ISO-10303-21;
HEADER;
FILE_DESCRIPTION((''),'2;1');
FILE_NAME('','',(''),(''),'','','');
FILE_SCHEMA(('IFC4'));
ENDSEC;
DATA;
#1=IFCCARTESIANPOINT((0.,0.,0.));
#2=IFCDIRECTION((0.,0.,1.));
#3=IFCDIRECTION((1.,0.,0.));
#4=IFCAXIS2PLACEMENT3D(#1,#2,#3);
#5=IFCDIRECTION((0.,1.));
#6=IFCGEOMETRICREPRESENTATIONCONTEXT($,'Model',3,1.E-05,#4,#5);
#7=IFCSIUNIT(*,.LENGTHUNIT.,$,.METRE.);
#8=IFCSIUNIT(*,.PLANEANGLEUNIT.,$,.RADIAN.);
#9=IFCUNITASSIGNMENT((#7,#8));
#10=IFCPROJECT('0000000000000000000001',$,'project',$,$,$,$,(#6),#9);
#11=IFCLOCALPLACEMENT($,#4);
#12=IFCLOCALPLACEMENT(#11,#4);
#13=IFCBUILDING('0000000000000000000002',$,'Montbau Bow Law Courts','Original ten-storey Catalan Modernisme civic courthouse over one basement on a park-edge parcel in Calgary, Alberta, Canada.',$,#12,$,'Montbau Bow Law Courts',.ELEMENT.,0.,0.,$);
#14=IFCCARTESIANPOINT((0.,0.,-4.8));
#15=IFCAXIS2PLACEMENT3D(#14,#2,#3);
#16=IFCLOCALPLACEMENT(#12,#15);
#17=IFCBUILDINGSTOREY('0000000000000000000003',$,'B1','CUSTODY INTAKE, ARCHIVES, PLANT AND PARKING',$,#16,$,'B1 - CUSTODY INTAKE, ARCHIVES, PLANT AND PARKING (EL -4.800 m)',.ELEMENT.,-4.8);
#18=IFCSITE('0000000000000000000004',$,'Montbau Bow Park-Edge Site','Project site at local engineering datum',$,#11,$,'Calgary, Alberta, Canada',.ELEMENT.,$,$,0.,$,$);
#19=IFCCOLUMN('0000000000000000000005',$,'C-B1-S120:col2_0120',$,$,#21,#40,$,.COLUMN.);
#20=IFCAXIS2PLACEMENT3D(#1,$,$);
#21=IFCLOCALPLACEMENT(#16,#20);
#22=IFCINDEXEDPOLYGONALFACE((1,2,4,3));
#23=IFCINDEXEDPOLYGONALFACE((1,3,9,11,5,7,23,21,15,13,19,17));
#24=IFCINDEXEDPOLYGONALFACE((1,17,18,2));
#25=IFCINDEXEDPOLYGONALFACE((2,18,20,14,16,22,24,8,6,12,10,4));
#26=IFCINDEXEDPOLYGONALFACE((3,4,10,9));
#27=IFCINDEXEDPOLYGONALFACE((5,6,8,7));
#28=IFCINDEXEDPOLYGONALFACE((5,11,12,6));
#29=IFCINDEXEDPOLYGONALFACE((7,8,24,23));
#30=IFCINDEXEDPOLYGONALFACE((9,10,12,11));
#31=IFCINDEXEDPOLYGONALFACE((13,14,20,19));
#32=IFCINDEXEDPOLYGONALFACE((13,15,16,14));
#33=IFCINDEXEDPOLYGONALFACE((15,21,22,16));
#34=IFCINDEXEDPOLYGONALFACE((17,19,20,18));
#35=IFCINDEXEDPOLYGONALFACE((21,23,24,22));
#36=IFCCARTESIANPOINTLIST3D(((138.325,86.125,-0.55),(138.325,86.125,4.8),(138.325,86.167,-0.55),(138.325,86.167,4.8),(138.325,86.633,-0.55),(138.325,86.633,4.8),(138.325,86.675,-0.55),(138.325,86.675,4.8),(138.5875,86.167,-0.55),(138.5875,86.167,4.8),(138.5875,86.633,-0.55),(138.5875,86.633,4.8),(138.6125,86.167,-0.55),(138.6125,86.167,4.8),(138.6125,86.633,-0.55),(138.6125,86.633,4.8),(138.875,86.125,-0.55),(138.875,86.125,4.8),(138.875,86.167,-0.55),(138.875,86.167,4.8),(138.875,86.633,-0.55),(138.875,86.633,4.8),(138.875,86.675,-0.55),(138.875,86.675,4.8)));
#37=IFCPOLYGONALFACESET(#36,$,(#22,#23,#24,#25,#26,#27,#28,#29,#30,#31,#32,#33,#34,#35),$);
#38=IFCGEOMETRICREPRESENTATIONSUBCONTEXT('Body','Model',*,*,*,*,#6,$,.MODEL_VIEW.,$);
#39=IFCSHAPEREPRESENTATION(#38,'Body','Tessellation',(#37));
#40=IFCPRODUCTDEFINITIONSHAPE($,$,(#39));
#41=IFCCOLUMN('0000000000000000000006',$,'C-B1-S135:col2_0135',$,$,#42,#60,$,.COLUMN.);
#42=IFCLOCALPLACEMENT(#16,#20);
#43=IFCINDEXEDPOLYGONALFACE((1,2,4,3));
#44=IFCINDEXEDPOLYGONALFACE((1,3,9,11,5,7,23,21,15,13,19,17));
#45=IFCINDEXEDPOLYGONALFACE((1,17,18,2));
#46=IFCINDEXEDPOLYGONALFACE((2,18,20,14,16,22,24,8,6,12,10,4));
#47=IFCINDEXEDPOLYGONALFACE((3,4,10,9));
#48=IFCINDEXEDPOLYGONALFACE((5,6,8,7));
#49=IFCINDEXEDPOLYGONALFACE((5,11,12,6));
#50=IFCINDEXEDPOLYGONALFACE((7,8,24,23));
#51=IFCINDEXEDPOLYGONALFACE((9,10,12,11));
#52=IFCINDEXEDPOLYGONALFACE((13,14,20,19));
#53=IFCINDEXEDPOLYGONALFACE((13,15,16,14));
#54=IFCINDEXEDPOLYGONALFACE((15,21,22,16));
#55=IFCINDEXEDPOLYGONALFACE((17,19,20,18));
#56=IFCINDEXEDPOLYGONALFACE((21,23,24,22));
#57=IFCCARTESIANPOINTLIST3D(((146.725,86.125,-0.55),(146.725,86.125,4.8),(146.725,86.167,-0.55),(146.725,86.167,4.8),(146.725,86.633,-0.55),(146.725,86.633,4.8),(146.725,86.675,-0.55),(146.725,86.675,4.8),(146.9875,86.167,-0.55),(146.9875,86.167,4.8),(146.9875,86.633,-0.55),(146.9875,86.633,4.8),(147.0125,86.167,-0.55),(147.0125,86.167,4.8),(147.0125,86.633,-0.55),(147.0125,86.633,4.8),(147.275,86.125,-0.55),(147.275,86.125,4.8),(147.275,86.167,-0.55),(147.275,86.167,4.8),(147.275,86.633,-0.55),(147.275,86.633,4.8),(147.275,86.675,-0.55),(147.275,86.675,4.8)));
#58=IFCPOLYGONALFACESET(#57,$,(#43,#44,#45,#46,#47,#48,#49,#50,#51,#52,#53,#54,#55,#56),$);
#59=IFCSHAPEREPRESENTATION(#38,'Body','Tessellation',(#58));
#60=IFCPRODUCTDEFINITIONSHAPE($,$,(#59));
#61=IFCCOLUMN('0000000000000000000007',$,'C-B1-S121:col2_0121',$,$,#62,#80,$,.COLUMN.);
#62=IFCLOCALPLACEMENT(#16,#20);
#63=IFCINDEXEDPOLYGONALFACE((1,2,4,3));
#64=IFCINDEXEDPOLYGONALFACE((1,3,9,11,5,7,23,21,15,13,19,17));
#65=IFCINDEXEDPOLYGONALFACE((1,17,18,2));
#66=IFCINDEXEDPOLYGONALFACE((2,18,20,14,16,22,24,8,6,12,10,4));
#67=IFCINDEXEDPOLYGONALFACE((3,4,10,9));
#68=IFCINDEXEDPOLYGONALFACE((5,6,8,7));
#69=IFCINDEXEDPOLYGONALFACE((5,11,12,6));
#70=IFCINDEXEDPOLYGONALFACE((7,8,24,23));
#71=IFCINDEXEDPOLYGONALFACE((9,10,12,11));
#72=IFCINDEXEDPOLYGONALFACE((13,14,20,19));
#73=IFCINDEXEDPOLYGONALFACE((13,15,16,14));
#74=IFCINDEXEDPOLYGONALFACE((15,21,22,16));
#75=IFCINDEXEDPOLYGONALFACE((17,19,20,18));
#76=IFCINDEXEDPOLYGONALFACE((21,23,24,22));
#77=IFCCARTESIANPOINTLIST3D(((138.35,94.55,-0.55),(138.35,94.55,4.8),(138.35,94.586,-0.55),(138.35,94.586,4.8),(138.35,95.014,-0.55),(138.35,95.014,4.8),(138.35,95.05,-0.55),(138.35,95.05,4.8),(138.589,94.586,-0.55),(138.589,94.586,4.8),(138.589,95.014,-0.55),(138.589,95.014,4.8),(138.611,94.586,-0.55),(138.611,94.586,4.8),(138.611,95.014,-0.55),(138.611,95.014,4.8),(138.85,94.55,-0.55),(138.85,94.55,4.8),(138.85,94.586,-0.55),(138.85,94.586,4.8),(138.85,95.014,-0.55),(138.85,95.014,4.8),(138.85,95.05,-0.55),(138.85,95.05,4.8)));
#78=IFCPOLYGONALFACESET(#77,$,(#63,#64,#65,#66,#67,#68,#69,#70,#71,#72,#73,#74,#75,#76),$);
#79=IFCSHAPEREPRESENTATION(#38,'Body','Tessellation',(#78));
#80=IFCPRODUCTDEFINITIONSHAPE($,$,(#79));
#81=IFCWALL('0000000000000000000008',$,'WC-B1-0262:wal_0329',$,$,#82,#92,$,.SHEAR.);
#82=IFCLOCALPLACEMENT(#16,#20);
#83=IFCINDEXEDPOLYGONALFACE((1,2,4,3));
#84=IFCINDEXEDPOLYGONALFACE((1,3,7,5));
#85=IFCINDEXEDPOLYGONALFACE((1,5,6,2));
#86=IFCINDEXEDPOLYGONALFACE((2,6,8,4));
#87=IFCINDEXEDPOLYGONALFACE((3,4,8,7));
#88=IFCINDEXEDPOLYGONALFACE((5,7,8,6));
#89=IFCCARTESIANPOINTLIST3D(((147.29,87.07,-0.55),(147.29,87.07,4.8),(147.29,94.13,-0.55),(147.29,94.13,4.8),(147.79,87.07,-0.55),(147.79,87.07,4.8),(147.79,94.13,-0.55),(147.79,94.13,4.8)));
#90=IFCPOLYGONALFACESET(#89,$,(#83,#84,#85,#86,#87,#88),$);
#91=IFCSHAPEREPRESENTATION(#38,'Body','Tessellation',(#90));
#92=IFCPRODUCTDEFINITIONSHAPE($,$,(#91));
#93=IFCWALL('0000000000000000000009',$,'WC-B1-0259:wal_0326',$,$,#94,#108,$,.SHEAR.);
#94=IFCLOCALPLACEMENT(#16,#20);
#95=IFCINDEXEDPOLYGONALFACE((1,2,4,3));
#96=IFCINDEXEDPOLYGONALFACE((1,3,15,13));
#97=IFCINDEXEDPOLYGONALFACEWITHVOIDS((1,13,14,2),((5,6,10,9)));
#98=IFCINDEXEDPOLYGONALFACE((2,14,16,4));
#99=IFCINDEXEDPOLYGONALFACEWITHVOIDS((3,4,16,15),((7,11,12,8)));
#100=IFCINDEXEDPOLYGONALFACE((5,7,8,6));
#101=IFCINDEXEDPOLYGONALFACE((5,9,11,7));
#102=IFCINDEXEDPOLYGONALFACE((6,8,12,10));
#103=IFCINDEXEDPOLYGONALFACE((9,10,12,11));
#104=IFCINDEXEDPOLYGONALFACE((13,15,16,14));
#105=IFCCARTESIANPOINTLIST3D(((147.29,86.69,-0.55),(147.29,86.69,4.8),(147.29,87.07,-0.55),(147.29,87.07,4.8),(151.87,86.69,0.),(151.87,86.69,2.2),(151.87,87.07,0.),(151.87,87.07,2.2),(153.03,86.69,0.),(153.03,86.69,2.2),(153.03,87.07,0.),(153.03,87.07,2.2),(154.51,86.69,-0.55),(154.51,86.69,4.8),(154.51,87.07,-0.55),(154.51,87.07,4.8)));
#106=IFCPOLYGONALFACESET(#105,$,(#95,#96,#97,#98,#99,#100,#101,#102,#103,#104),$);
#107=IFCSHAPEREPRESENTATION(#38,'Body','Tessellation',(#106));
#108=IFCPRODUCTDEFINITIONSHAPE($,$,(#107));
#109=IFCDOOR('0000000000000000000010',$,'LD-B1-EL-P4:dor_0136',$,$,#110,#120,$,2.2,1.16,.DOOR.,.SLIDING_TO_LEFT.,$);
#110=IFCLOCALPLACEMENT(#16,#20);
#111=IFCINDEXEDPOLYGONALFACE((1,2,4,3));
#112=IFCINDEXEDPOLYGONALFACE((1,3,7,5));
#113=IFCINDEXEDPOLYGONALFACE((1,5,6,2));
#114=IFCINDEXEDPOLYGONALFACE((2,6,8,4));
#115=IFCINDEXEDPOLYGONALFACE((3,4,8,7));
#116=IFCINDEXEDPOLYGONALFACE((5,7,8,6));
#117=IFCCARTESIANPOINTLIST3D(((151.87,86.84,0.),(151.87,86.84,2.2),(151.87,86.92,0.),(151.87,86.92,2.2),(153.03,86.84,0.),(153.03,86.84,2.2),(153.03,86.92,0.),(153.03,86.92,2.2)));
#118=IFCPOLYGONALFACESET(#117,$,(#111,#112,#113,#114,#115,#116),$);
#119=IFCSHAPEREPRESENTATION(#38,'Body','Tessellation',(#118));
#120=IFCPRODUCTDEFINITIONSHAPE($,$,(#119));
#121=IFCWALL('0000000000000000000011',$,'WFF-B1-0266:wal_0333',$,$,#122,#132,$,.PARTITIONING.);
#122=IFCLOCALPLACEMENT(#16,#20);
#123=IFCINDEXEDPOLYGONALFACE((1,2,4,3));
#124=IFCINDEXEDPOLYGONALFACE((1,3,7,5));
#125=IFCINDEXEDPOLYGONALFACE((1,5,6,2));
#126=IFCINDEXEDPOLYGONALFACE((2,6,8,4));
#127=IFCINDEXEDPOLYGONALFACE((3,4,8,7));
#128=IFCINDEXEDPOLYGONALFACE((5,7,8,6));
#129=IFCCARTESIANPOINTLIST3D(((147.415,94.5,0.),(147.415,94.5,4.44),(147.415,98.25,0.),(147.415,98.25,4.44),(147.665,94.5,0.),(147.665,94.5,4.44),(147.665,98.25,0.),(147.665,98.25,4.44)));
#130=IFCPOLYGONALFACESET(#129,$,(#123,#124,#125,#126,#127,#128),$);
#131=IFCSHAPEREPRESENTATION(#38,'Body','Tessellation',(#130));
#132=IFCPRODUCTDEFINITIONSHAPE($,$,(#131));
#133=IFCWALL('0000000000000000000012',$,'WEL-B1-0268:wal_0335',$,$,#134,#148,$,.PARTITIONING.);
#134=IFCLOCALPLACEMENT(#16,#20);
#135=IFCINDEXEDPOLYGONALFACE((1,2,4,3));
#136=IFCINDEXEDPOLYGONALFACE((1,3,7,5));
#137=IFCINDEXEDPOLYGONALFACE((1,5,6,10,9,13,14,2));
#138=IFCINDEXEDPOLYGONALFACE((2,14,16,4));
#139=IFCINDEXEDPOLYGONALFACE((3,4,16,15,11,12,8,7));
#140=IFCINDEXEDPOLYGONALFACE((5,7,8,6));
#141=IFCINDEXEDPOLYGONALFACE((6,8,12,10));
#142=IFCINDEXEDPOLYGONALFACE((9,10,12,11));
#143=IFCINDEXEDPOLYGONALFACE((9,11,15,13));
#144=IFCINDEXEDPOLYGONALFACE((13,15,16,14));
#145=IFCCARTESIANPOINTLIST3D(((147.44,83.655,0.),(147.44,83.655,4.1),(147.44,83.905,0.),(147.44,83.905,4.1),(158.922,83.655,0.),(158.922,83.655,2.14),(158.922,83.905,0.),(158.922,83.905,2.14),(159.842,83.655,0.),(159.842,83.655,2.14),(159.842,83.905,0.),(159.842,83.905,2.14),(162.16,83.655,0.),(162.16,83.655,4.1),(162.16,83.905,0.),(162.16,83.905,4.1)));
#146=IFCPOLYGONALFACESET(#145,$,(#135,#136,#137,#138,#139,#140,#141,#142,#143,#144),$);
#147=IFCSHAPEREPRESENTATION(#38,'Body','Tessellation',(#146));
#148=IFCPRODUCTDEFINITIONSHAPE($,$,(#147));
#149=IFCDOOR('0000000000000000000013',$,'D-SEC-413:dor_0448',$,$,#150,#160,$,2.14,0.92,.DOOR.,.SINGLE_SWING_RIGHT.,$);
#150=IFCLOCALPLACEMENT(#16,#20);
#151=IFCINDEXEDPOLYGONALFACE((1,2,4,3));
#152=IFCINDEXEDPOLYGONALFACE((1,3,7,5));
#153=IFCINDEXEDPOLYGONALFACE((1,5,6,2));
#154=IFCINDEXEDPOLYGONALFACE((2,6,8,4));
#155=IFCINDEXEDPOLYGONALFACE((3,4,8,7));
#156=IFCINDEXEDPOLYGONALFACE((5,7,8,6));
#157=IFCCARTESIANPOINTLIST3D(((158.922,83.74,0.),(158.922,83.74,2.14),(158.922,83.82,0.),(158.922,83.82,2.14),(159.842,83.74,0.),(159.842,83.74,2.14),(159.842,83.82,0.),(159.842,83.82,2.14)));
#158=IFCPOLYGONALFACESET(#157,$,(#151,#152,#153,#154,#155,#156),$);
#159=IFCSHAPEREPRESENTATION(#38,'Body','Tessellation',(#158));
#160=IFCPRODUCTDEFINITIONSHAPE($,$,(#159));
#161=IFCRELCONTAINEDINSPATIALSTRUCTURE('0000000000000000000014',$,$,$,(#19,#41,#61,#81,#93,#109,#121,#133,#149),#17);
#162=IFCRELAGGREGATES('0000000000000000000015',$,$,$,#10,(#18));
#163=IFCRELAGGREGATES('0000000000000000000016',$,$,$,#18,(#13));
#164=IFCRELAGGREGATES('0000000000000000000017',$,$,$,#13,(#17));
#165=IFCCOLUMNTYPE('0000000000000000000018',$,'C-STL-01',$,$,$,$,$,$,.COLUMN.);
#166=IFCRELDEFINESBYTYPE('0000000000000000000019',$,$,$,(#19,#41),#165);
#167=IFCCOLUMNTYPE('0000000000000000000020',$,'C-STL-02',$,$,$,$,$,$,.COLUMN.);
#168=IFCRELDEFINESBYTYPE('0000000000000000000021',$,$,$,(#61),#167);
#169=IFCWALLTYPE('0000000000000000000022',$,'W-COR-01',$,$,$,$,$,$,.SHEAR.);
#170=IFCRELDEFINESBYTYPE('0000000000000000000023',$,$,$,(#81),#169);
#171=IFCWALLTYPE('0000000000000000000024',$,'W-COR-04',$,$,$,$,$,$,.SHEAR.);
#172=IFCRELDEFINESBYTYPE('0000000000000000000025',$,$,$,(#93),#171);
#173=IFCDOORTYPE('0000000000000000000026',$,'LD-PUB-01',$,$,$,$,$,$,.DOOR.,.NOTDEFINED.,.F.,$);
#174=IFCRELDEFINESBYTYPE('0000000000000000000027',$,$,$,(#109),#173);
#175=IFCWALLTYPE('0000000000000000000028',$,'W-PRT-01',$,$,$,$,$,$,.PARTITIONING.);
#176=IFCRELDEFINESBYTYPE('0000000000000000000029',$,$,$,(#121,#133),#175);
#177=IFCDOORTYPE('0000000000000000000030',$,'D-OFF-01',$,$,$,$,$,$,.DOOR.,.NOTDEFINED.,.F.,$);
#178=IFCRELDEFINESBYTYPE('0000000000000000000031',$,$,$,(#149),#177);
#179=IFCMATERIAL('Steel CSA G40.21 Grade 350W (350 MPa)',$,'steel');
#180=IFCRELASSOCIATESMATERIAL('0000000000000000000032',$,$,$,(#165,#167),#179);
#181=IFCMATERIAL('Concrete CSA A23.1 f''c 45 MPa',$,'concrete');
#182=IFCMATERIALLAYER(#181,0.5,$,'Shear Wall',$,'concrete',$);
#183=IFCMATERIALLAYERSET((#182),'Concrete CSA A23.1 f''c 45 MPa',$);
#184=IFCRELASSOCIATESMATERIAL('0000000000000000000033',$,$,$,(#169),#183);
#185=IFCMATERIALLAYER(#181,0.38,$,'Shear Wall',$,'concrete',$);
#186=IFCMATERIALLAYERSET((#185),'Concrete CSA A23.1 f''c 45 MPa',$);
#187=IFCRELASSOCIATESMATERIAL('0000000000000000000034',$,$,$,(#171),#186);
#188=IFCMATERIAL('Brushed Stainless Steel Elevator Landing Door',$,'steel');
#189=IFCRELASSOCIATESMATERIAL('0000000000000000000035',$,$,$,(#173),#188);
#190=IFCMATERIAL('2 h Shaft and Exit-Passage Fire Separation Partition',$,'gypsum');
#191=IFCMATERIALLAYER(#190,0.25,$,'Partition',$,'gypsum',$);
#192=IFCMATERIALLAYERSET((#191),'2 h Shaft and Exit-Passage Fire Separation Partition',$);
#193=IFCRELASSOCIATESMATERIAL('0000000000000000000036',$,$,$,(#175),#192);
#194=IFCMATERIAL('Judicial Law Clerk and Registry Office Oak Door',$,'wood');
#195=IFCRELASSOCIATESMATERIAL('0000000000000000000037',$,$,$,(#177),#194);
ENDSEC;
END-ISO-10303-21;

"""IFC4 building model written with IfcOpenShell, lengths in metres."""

from ifc_helpers import new_model, si_unit, direction, frame, frame_2d, origin_with_axes, origin_2d_with_axis, place, context, subcontext, project, spatial, rectangle, i_section, extrude, material, layer, layer_set, material_profile, profile_set, type_object, element, fill, save


model = new_model("IFC4")

# Units and contexts
model_context = context("Model", 3, precision=1e-05, world=origin_with_axes(), true_north=direction((0.0, 1.0)))
body_context = subcontext(model_context, "Body", "Model", "MODEL_VIEW")
ifc_project = project(units=[si_unit("LENGTHUNIT", "METRE"), si_unit("PLANEANGLEUNIT", "RADIAN")], contexts=[model_context])

# Site, building, storey
site_placement = place(None, origin_with_axes())
site = spatial("IfcSite", under=ifc_project, at=site_placement, Name="Montbau Bow Park-Edge Site", Description="Project site at local engineering datum", LongName="Calgary, Alberta, Canada", CompositionType="ELEMENT", RefElevation=0.0)
building_placement = place(site_placement, origin_with_axes())
building = spatial("IfcBuilding", under=site, at=building_placement, Name="Montbau Bow Law Courts", Description="Original ten-storey Catalan Modernisme civic courthouse over one basement on a park-edge parcel in Calgary, Alberta, Canada.", LongName="Montbau Bow Law Courts", CompositionType="ELEMENT", ElevationOfRefHeight=0.0, ElevationOfTerrain=0.0)
storey_placement = place(building_placement, frame((0.0, 0.0, -4.8), z_axis=(0.0, 0.0, 1.0), x_axis=(1.0, 0.0, 0.0)))
storey = spatial("IfcBuildingStorey", under=building, at=storey_placement, Name="B1", Description="CUSTODY INTAKE, ARCHIVES, PLANT AND PARKING", LongName="B1 - CUSTODY INTAKE, ARCHIVES, PLANT AND PARKING (EL -4.800 m)", CompositionType="ELEMENT", Elevation=-4.8)

# Columns
ifc_material_1 = material(Name="Steel CSA G40.21 Grade 350W (350 MPa)", Category="steel")
ifc_material_profile_1 = material_profile(ifc_material_1, i_section(OverallWidth=0.55, OverallDepth=0.55, WebThickness=0.025, FlangeThickness=0.042, at=origin_2d_with_axis()), Name="WWF550X420", Category="Main", Priority=0)
ifc_profile_set_1 = profile_set([ifc_material_profile_1], Name="Steel CSA G40.21 Grade 350W (350 MPa)")
column_type_1 = type_object("IfcColumnType", Name="C-STL-01", PredefinedType="COLUMN", material=ifc_profile_set_1)
for number, where, z_axis, x_axis, name in (
    (1, (138.6, 86.4, -5.35), (0.0, 0.0, 1.0), (1.0, 0.0, 0.0), "C-B1-S120:col2_0120"),
    (2, (147.0, 86.4, -5.35), (0.0, 0.0, 1.0), (1.0, 0.0, 0.0), "C-B1-S135:col2_0135"),
):
    element("IfcColumn", number, at=place(None, frame(where, z_axis=z_axis, x_axis=x_axis)), inside=storey, type_object=column_type_1, Name=name, PredefinedType="COLUMN", context=body_context, shape_type="SweptSolid", body=[
        extrude(i_section(OverallWidth=0.55, OverallDepth=0.55, WebThickness=0.025, FlangeThickness=0.042, at=origin_2d_with_axis()), origin_with_axes(), (0.0, 0.0, 1.0), 5.35),
    ])
ifc_material_profile_2 = material_profile(ifc_material_1, i_section(OverallWidth=0.5, OverallDepth=0.5, WebThickness=0.022, FlangeThickness=0.036, at=origin_2d_with_axis()), Name="WWF500X343", Category="Main", Priority=0)
ifc_profile_set_2 = profile_set([ifc_material_profile_2], Name="Steel CSA G40.21 Grade 350W (350 MPa)")
column_type_2 = type_object("IfcColumnType", Name="C-STL-02", PredefinedType="COLUMN", material=ifc_profile_set_2)
column_placement = place(None, frame((138.6, 94.8, -5.35), z_axis=(0.0, 0.0, 1.0), x_axis=(1.0, 0.0, 0.0)))
element("IfcColumn", 3, at=column_placement, inside=storey, type_object=column_type_2, Name="C-B1-S121:col2_0121", PredefinedType="COLUMN", context=body_context, shape_type="SweptSolid", body=[
    extrude(i_section(OverallWidth=0.5, OverallDepth=0.5, WebThickness=0.022, FlangeThickness=0.036, at=origin_2d_with_axis()), origin_with_axes(), (0.0, 0.0, 1.0), 5.35),
])

# Wall
ifc_material_2 = material(Name="Concrete CSA A23.1 f'c 45 MPa", Category="concrete")
ifc_layer_1 = layer(ifc_material_2, 0.5, Name="Shear Wall", Category="concrete")
ifc_layer_set_1 = layer_set([ifc_layer_1], Name="Concrete CSA A23.1 f'c 45 MPa")
wall_type_1 = type_object("IfcWallType", Name="W-COR-01", PredefinedType="SHEAR", material=ifc_layer_set_1)
wall_1_placement = place(None, frame((147.54, 94.13, -5.35), z_axis=(0.0, 0.0, 1.0), x_axis=(0.0, -1.0, 0.0)))
element("IfcWall", 4, at=wall_1_placement, inside=storey, type_object=wall_type_1, Name="WC-B1-0262:wal_0329", PredefinedType="SHEAR", context=body_context, shape_type="SweptSolid", body=[
    extrude(rectangle(XDim=7.06, YDim=0.5, at=frame_2d((3.53, 0.0), x_axis=(1.0, 0.0))), origin_with_axes(), (0.0, 0.0, 1.0), 5.35),
])

# Wall, opening, door
ifc_layer_2 = layer(ifc_material_2, 0.38, Name="Shear Wall", Category="concrete")
ifc_layer_set_2 = layer_set([ifc_layer_2], Name="Concrete CSA A23.1 f'c 45 MPa")
wall_type_2 = type_object("IfcWallType", Name="W-COR-04", PredefinedType="SHEAR", material=ifc_layer_set_2)
wall_2_placement = place(None, frame((147.29, 86.88, -5.35), z_axis=(0.0, 0.0, 1.0), x_axis=(1.0, 0.0, 0.0)))
wall_2 = element("IfcWall", 5, at=wall_2_placement, inside=storey, type_object=wall_type_2, Name="WC-B1-0259:wal_0326", PredefinedType="SHEAR", context=body_context, shape_type="SweptSolid", body=[
    extrude(rectangle(XDim=7.22, YDim=0.38, at=frame_2d((3.61, 0.0), x_axis=(1.0, 0.0))), origin_with_axes(), (0.0, 0.0, 1.0), 5.35),
])
opening_1_placement = place(None, frame((152.45, 86.88, -4.8), z_axis=(0.0, 0.0, 1.0), x_axis=(1.0, 0.0, 0.0)))
opening_1 = element("IfcOpeningElement", 6, at=opening_1_placement, cuts=wall_2, PredefinedType="OPENING", context=body_context, shape_type="SweptSolid", body=[
    extrude(rectangle(XDim=1.16, YDim=2.2, at=frame_2d((0.0, 1.1), x_axis=(1.0, 0.0))), frame((0.0, 0.2, 0.0), z_axis=(0.0, -1.0, 0.0), x_axis=(1.0, 0.0, 0.0)), (0.0, 0.0, 1.0), 0.4),
])
ifc_material_3 = material(Name="Brushed Stainless Steel Elevator Landing Door", Category="steel")
door_type_1 = type_object("IfcDoorType", Name="LD-PUB-01", OperationType="NOTDEFINED", ParameterTakesPrecedence=False, PredefinedType="DOOR", material=ifc_material_3)
door_1_placement = place(None, frame((152.45, 86.88, -4.8), z_axis=(0.0, 0.0, 1.0), x_axis=(-1.0, 0.0, 0.0)))
door_1 = element("IfcDoor", 7, at=door_1_placement, inside=storey, type_object=door_type_1, Name="LD-B1-EL-P4:dor_0136", OperationType="SLIDING_TO_LEFT", OverallHeight=2.2, OverallWidth=1.16, PredefinedType="DOOR", context=body_context, shape_type="SweptSolid", body=[
    extrude(rectangle(XDim=1.16, YDim=2.2, at=frame_2d((0.0, 1.1), x_axis=(1.0, 0.0))), frame((0.0, 0.04, 0.0), z_axis=(0.0, -1.0, 0.0), x_axis=(1.0, 0.0, 0.0)), (0.0, 0.0, 1.0), 0.08),
])
fill(opening_1, door_1)

# Wall
ifc_material_4 = material(Name="2 h Shaft and Exit-Passage Fire Separation Partition", Category="gypsum")
ifc_layer_3 = layer(ifc_material_4, 0.25, Name="Partition", Category="gypsum")
ifc_layer_set_3 = layer_set([ifc_layer_3], Name="2 h Shaft and Exit-Passage Fire Separation Partition")
wall_type_3 = type_object("IfcWallType", Name="W-PRT-01", PredefinedType="PARTITIONING", material=ifc_layer_set_3)
wall_3_placement = place(None, frame((147.54, 94.5, -4.8), z_axis=(0.0, 0.0, 1.0), x_axis=(0.0, 1.0, 0.0)))
element("IfcWall", 8, at=wall_3_placement, inside=storey, type_object=wall_type_3, Name="WFF-B1-0266:wal_0333", PredefinedType="PARTITIONING", context=body_context, shape_type="SweptSolid", body=[
    extrude(rectangle(XDim=3.75, YDim=0.25, at=frame_2d((1.875, 0.0), x_axis=(1.0, 0.0))), origin_with_axes(), (0.0, 0.0, 1.0), 4.44),
])

# Wall, opening, door
wall_4_placement = place(None, frame((147.44, 83.78, -4.8), z_axis=(0.0, 0.0, 1.0), x_axis=(1.0, 0.0, 0.0)))
wall_4 = element("IfcWall", 9, at=wall_4_placement, inside=storey, type_object=wall_type_3, Name="WEL-B1-0268:wal_0335", PredefinedType="PARTITIONING", context=body_context, shape_type="SweptSolid", body=[
    extrude(rectangle(XDim=14.72, YDim=0.25, at=frame_2d((7.36, 0.0), x_axis=(1.0, 0.0))), origin_with_axes(), (0.0, 0.0, 1.0), 4.1),
])
opening_2_placement = place(None, frame((159.382, 83.78, -4.8), z_axis=(0.0, 0.0, 1.0), x_axis=(1.0, 0.0, 0.0)))
opening_2 = element("IfcOpeningElement", 10, at=opening_2_placement, cuts=wall_4, PredefinedType="OPENING", context=body_context, shape_type="SweptSolid", body=[
    extrude(rectangle(XDim=0.92, YDim=2.14, at=frame_2d((0.0, 1.07), x_axis=(1.0, 0.0))), frame((0.0, 0.135, 0.0), z_axis=(0.0, -1.0, 0.0), x_axis=(1.0, 0.0, 0.0)), (0.0, 0.0, 1.0), 0.27),
])
ifc_material_5 = material(Name="Judicial Law Clerk and Registry Office Oak Door", Category="wood")
door_type_2 = type_object("IfcDoorType", Name="D-OFF-01", OperationType="NOTDEFINED", ParameterTakesPrecedence=False, PredefinedType="DOOR", material=ifc_material_5)
door_2_placement = place(None, frame((159.382, 83.78, -4.8), z_axis=(0.0, 0.0, 1.0), x_axis=(1.0, 0.0, 0.0)))
door_2 = element("IfcDoor", 11, at=door_2_placement, inside=storey, type_object=door_type_2, Name="D-SEC-413:dor_0448", OperationType="SINGLE_SWING_RIGHT", OverallHeight=2.14, OverallWidth=0.92, PredefinedType="DOOR", context=body_context, shape_type="SweptSolid", body=[
    extrude(rectangle(XDim=0.92, YDim=2.14, at=frame_2d((0.0, 1.07), x_axis=(1.0, 0.0))), frame((0.0, 0.04, 0.0), z_axis=(0.0, -1.0, 0.0), x_axis=(1.0, 0.0, 0.0)), (0.0, 0.0, 1.0), 0.08),
])
fill(opening_2, door_2)

save(model, "model.ifc")
